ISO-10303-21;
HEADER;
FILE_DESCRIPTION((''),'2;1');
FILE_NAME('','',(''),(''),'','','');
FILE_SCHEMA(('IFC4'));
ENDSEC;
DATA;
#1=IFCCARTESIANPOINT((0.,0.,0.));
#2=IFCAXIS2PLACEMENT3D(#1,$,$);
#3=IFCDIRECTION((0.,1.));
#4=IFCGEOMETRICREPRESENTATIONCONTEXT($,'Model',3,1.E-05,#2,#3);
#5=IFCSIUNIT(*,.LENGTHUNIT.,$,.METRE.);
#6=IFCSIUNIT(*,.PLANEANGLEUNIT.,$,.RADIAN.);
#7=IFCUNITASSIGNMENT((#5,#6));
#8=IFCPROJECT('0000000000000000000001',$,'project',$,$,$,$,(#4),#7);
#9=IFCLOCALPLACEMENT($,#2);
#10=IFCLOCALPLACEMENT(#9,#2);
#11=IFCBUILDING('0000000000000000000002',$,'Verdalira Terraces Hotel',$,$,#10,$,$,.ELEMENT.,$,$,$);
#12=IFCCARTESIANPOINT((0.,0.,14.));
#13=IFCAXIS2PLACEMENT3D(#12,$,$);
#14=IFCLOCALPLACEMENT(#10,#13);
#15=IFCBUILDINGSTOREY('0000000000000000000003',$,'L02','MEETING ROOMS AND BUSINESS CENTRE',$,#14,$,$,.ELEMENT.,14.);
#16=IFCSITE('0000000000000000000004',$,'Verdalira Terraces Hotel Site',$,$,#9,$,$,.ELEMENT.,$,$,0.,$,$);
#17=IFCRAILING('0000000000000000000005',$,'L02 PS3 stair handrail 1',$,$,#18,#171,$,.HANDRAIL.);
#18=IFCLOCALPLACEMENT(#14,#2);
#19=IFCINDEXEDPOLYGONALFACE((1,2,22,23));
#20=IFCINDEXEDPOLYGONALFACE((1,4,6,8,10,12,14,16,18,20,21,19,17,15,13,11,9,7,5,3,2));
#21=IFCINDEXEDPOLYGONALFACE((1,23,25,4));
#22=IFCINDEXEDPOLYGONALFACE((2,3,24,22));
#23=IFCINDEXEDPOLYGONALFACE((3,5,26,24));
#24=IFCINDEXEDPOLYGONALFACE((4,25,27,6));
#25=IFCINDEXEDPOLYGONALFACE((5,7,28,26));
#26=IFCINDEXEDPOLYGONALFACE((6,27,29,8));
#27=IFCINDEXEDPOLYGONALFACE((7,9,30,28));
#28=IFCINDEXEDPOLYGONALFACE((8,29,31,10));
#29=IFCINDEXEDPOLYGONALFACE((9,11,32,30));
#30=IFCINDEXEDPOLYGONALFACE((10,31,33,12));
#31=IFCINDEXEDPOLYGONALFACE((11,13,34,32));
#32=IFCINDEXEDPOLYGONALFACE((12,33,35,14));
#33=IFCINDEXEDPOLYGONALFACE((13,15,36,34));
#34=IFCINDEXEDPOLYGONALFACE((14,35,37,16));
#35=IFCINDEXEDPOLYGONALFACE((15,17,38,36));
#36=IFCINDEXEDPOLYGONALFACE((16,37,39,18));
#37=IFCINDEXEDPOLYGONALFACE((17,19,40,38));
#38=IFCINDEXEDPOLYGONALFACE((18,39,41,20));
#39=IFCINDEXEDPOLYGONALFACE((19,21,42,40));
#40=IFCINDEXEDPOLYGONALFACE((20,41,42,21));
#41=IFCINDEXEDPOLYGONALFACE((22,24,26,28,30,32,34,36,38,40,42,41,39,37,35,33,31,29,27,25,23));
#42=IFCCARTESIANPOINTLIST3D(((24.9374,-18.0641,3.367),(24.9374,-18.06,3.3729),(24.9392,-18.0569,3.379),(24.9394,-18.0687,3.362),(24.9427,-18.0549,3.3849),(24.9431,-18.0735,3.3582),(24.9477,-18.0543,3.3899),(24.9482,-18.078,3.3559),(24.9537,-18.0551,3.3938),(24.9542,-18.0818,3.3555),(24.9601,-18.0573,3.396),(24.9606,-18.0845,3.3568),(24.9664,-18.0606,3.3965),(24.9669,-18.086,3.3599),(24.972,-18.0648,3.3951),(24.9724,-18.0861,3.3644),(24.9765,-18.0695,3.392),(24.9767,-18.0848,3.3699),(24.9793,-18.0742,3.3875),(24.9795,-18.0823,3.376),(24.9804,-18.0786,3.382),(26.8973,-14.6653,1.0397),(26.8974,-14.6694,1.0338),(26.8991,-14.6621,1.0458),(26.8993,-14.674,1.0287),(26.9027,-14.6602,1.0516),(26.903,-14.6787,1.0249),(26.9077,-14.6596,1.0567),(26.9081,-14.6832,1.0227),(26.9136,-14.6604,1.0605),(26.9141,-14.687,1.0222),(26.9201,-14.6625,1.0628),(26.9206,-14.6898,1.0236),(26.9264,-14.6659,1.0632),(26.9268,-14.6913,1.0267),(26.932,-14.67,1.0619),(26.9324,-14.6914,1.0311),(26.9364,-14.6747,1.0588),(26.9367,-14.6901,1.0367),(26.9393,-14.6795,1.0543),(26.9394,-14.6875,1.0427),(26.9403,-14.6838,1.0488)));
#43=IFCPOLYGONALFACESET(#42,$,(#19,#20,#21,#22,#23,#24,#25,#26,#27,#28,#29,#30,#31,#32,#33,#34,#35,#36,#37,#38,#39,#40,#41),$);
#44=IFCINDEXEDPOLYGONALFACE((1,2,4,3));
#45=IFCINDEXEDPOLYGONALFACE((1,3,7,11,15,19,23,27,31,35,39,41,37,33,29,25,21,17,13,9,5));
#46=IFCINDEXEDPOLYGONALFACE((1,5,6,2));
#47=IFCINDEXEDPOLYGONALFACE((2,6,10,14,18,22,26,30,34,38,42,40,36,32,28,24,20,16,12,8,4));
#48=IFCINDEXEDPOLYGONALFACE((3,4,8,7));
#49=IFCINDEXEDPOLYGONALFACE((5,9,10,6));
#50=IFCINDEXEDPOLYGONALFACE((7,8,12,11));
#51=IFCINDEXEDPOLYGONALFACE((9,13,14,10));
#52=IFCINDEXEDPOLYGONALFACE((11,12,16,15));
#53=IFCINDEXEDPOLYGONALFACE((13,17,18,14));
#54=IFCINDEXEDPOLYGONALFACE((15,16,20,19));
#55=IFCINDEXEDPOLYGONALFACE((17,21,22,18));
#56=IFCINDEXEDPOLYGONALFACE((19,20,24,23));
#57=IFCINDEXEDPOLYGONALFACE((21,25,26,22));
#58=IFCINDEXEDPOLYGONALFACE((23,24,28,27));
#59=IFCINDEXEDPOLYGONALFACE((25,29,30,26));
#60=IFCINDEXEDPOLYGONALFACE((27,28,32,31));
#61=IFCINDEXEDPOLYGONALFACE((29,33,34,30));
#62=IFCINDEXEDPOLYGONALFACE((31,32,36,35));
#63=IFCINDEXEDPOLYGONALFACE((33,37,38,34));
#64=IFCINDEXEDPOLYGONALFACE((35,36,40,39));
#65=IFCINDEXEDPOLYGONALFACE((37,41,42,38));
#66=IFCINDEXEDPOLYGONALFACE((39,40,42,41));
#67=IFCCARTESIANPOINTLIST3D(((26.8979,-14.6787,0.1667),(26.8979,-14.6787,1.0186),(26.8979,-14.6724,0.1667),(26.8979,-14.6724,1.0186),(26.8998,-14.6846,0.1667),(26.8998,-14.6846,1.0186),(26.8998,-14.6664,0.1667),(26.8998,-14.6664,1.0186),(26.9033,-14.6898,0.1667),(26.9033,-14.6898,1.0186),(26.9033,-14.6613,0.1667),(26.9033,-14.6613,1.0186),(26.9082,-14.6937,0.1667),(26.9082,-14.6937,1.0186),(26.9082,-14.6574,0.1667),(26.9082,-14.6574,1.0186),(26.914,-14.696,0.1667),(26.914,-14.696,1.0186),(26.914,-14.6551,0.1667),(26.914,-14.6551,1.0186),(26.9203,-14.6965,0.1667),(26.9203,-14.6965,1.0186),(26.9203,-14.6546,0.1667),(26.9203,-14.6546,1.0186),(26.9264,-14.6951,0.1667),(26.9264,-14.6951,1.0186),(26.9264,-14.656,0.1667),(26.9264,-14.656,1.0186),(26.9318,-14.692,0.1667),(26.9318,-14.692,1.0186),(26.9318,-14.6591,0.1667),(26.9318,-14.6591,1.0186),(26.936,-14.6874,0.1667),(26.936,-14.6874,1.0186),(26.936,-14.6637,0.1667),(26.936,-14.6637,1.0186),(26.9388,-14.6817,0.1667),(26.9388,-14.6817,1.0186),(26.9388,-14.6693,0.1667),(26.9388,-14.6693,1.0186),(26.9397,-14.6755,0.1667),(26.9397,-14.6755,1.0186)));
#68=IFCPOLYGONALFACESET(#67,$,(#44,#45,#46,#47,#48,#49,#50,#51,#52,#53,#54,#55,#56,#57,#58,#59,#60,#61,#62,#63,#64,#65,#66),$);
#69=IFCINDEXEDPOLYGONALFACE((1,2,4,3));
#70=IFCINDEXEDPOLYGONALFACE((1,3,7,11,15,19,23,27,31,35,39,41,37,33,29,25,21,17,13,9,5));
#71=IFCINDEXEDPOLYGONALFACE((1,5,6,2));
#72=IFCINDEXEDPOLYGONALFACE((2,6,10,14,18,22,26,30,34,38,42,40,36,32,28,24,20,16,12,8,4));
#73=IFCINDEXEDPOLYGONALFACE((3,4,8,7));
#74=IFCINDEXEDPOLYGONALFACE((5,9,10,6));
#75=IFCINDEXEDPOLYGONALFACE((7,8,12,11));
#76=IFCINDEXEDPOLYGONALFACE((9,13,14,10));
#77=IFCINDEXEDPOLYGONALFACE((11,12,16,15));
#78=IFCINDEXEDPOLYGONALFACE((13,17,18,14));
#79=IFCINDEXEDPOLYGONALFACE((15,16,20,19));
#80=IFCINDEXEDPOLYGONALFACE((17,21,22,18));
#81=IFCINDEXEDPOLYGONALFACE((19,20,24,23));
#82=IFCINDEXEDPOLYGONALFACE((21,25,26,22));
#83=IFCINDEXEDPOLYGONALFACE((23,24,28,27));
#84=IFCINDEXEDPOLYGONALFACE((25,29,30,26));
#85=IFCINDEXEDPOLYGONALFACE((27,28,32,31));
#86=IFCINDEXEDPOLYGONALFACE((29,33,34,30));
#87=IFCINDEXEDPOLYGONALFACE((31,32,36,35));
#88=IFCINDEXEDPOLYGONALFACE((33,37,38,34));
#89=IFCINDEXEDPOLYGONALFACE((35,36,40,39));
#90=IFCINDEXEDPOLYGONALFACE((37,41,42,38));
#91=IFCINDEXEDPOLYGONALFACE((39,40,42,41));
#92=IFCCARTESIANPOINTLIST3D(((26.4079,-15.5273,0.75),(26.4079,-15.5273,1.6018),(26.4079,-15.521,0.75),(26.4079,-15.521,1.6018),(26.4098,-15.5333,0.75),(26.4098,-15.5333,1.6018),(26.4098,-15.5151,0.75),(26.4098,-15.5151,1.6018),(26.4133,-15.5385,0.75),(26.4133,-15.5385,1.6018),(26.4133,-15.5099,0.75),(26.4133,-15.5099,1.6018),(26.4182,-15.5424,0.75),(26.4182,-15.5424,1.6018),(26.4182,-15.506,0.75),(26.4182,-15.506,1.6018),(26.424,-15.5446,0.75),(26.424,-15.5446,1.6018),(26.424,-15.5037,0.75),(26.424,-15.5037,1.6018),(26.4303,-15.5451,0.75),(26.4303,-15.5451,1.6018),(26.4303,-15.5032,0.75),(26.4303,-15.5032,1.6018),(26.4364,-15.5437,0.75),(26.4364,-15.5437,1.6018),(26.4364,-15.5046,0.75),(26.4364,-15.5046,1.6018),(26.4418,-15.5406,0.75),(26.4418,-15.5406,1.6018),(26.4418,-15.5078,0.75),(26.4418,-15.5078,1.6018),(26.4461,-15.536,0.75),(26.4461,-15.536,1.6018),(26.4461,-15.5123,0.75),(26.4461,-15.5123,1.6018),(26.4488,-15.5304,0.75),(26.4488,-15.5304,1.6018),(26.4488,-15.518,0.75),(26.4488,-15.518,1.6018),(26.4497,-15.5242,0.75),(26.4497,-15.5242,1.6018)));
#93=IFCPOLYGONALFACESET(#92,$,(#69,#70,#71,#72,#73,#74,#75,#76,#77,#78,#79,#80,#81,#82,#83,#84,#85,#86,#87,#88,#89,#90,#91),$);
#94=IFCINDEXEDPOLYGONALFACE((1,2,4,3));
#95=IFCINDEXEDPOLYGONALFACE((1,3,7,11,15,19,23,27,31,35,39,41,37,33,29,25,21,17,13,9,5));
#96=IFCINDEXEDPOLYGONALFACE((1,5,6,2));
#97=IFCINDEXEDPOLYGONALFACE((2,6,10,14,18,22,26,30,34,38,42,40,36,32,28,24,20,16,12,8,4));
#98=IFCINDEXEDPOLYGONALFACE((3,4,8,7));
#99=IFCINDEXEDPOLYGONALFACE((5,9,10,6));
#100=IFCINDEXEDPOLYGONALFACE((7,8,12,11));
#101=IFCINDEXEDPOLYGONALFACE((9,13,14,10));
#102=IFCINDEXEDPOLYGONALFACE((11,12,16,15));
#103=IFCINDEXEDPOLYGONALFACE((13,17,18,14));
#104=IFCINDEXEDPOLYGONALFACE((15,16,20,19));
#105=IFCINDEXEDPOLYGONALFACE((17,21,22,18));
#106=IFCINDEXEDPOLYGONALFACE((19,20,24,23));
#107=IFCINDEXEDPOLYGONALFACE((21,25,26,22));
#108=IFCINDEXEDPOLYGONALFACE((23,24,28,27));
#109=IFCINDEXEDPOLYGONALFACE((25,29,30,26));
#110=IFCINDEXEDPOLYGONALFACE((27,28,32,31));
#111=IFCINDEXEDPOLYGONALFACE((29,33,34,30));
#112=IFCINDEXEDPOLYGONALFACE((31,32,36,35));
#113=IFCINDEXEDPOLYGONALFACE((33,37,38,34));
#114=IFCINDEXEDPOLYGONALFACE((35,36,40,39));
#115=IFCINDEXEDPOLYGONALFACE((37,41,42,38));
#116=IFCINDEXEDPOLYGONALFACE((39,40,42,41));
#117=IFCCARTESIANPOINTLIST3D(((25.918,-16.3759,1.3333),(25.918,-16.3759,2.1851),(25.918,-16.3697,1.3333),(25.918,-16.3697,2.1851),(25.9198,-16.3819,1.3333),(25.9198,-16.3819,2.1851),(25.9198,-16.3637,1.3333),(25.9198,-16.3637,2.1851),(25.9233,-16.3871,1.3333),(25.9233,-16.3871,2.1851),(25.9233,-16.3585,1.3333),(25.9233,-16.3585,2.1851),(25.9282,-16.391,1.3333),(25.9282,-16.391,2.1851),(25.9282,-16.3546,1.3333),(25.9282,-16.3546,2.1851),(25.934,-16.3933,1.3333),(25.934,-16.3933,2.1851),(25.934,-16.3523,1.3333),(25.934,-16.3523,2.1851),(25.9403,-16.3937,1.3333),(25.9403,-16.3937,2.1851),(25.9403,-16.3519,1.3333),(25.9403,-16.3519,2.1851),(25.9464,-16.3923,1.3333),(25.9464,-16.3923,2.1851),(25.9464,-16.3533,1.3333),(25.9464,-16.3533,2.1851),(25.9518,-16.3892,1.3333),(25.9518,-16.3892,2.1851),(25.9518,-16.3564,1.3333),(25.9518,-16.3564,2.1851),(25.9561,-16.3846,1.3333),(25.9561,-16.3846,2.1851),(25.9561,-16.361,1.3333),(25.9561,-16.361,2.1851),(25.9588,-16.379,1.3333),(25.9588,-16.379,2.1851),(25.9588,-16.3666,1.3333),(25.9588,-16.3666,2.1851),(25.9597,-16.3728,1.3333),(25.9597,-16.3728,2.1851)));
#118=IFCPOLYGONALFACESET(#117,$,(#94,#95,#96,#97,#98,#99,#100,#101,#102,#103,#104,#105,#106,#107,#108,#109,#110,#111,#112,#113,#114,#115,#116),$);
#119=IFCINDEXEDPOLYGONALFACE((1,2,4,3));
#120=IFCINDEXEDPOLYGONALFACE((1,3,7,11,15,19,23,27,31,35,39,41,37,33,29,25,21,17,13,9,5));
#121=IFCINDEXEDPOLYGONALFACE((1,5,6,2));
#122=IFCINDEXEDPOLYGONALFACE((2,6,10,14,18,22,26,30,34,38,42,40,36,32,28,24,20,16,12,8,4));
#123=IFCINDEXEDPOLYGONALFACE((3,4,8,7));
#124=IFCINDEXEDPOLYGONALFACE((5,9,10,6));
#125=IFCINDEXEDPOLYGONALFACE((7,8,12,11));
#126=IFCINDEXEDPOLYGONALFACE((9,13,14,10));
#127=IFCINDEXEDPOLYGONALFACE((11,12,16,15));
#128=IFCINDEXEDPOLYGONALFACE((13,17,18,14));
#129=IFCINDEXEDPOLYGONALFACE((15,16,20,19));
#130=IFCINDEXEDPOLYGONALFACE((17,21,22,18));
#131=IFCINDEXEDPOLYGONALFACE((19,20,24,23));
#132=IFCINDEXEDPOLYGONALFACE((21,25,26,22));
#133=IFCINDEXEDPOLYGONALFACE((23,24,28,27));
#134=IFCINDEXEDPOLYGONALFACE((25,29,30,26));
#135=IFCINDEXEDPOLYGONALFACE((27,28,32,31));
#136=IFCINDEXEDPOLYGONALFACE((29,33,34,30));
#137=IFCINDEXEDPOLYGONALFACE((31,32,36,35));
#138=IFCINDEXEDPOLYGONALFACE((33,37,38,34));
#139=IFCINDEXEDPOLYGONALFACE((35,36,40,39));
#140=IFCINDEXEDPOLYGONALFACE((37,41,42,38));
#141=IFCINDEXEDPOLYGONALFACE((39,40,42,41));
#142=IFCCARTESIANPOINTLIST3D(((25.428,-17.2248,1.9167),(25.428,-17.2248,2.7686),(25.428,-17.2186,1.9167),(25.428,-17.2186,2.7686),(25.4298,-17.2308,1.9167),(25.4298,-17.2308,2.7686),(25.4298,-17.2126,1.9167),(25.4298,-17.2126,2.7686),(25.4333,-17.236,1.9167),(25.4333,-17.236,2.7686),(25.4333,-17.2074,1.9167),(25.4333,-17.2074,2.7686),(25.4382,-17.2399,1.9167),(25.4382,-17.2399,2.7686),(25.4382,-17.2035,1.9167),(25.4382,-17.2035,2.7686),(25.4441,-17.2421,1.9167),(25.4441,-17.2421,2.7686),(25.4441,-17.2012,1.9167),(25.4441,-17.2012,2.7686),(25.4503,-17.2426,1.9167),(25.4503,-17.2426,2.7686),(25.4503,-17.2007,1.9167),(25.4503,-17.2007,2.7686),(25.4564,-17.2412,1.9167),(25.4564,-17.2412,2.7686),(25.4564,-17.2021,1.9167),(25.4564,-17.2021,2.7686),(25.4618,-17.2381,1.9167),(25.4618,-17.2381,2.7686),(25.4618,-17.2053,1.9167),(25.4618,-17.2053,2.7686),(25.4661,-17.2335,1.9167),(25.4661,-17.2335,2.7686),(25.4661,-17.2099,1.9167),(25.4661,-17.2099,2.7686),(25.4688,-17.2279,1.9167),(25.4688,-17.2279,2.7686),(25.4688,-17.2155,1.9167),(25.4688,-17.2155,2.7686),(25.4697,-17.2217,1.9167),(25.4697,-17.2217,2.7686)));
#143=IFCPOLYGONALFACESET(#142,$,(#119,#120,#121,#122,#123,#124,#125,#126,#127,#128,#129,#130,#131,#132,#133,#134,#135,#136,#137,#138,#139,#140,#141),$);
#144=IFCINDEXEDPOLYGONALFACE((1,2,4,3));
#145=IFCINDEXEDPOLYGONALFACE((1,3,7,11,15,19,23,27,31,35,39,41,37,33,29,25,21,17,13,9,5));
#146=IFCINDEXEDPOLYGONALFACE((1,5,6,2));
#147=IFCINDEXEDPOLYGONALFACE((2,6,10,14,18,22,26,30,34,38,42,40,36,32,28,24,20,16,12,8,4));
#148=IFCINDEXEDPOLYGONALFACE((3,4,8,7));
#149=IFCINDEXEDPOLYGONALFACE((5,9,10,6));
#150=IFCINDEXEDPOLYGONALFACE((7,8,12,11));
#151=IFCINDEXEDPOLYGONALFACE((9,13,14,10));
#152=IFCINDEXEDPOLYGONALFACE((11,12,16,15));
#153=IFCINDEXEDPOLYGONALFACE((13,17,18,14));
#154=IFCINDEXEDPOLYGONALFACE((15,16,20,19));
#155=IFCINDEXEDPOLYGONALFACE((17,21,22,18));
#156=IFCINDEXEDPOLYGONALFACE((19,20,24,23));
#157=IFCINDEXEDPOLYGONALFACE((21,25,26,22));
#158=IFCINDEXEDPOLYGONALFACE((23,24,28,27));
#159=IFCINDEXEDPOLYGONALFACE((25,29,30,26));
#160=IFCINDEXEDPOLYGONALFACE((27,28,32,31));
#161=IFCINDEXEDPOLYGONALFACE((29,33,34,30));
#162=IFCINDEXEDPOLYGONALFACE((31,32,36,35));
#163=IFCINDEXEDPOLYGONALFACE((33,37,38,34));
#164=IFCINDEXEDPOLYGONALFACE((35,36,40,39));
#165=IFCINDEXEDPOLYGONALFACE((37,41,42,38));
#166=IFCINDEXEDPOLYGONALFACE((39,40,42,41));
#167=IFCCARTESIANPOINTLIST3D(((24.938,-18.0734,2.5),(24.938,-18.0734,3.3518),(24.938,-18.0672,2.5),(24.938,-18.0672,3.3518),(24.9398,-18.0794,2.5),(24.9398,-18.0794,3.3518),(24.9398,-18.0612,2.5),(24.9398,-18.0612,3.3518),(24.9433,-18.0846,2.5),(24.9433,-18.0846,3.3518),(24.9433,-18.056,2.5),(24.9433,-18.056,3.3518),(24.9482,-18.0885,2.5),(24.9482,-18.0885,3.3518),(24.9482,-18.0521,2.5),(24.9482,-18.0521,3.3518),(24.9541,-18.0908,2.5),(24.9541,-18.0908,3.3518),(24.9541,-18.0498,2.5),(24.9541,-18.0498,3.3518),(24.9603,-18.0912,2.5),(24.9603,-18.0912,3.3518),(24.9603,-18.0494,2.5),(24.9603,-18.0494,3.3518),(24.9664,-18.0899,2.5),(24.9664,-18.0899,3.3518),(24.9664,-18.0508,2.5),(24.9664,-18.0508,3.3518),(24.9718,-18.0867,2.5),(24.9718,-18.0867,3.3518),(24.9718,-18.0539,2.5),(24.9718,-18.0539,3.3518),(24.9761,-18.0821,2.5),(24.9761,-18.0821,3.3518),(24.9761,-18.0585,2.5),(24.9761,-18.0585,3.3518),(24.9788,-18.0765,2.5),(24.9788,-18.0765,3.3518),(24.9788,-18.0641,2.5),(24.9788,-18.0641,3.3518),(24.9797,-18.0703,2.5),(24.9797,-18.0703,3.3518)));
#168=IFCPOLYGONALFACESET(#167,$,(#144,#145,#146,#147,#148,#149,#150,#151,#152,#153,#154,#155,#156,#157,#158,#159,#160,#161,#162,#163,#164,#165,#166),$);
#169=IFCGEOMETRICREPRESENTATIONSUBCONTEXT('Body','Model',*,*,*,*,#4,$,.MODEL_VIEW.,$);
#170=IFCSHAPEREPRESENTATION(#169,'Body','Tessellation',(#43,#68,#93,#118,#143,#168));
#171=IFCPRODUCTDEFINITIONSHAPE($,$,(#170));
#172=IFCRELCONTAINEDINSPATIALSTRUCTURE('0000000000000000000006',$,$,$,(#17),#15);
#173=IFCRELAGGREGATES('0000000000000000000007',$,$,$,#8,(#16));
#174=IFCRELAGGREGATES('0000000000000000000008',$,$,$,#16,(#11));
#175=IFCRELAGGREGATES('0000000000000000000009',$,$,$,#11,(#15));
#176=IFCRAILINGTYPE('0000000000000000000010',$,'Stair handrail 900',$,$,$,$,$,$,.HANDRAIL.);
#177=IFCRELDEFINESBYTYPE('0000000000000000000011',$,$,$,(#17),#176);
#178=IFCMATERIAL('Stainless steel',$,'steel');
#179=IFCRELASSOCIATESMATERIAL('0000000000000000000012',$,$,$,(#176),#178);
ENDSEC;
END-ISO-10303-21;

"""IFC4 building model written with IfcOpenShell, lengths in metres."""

from ifc_helpers import new_model, si_unit, direction, frame, origin, origin_2d, place, context, subcontext, project, spatial, circle, extrude, material, type_object, element, save


model = new_model("IFC4")

# Units and contexts
model_context = context("Model", 3, precision=1e-05, world=origin(), true_north=direction((0.0, 1.0)))
body_context = subcontext(model_context, "Body", "Model", "MODEL_VIEW")
ifc_project = project(units=[si_unit("LENGTHUNIT", "METRE"), si_unit("PLANEANGLEUNIT", "RADIAN")], contexts=[model_context])

# Site, building, storey
site_placement = place(None, origin())
site = spatial("IfcSite", under=ifc_project, at=site_placement, Name="Verdalira Terraces Hotel Site", CompositionType="ELEMENT", RefElevation=0.0)
building_placement = place(site_placement, origin())
building = spatial("IfcBuilding", under=site, at=building_placement, Name="Verdalira Terraces Hotel", CompositionType="ELEMENT")
storey_placement = place(building_placement, frame((0.0, 0.0, 14.0)))
storey = spatial("IfcBuildingStorey", under=building, at=storey_placement, Name="L02", Description="MEETING ROOMS AND BUSINESS CENTRE", CompositionType="ELEMENT", Elevation=14.0)

# Railing
ifc_material_1 = material(Name="Stainless steel", Category="steel")
railing_type_1 = type_object("IfcRailingType", Name="Stair handrail 900", PredefinedType="HANDRAIL", material=ifc_material_1)
railing_1_placement = place(storey_placement, frame((26.9187, -14.6755, 0.1667)))
element("IfcRailing", 1, at=railing_1_placement, inside=storey, type_object=railing_type_1, Name="L02 PS3 stair handrail 1", PredefinedType="HANDRAIL", context=body_context, shape_type="SweptSolid", body=[
    extrude(circle(Radius=0.0239, at=origin_2d()), frame((0.0, 0.0, 0.876), z_axis=(-0.429646, -0.744175, 0.511476), x_axis=(0.866027, -0.499997, 0.0)), (0.0, 0.0, 1.0), 4.5618),
    extrude(circle(Radius=0.021, at=origin_2d()), origin(), (0.0, 0.0, 1.0), 0.8518),
    extrude(circle(Radius=0.021, at=origin_2d()), frame((-0.49, -0.8486, 0.5833)), (0.0, 0.0, 1.0), 0.8518),
    extrude(circle(Radius=0.021, at=origin_2d()), frame((-0.98, -1.6973, 1.1665)), (0.0, 0.0, 1.0), 0.8518),
    extrude(circle(Radius=0.021, at=origin_2d()), frame((-1.47, -2.5461, 1.75)), (0.0, 0.0, 1.0), 0.8518),
    extrude(circle(Radius=0.021, at=origin_2d()), frame((-1.96, -3.3948, 2.3333)), (0.0, 0.0, 1.0), 0.8518),
])

save(model, "model.ifc")
